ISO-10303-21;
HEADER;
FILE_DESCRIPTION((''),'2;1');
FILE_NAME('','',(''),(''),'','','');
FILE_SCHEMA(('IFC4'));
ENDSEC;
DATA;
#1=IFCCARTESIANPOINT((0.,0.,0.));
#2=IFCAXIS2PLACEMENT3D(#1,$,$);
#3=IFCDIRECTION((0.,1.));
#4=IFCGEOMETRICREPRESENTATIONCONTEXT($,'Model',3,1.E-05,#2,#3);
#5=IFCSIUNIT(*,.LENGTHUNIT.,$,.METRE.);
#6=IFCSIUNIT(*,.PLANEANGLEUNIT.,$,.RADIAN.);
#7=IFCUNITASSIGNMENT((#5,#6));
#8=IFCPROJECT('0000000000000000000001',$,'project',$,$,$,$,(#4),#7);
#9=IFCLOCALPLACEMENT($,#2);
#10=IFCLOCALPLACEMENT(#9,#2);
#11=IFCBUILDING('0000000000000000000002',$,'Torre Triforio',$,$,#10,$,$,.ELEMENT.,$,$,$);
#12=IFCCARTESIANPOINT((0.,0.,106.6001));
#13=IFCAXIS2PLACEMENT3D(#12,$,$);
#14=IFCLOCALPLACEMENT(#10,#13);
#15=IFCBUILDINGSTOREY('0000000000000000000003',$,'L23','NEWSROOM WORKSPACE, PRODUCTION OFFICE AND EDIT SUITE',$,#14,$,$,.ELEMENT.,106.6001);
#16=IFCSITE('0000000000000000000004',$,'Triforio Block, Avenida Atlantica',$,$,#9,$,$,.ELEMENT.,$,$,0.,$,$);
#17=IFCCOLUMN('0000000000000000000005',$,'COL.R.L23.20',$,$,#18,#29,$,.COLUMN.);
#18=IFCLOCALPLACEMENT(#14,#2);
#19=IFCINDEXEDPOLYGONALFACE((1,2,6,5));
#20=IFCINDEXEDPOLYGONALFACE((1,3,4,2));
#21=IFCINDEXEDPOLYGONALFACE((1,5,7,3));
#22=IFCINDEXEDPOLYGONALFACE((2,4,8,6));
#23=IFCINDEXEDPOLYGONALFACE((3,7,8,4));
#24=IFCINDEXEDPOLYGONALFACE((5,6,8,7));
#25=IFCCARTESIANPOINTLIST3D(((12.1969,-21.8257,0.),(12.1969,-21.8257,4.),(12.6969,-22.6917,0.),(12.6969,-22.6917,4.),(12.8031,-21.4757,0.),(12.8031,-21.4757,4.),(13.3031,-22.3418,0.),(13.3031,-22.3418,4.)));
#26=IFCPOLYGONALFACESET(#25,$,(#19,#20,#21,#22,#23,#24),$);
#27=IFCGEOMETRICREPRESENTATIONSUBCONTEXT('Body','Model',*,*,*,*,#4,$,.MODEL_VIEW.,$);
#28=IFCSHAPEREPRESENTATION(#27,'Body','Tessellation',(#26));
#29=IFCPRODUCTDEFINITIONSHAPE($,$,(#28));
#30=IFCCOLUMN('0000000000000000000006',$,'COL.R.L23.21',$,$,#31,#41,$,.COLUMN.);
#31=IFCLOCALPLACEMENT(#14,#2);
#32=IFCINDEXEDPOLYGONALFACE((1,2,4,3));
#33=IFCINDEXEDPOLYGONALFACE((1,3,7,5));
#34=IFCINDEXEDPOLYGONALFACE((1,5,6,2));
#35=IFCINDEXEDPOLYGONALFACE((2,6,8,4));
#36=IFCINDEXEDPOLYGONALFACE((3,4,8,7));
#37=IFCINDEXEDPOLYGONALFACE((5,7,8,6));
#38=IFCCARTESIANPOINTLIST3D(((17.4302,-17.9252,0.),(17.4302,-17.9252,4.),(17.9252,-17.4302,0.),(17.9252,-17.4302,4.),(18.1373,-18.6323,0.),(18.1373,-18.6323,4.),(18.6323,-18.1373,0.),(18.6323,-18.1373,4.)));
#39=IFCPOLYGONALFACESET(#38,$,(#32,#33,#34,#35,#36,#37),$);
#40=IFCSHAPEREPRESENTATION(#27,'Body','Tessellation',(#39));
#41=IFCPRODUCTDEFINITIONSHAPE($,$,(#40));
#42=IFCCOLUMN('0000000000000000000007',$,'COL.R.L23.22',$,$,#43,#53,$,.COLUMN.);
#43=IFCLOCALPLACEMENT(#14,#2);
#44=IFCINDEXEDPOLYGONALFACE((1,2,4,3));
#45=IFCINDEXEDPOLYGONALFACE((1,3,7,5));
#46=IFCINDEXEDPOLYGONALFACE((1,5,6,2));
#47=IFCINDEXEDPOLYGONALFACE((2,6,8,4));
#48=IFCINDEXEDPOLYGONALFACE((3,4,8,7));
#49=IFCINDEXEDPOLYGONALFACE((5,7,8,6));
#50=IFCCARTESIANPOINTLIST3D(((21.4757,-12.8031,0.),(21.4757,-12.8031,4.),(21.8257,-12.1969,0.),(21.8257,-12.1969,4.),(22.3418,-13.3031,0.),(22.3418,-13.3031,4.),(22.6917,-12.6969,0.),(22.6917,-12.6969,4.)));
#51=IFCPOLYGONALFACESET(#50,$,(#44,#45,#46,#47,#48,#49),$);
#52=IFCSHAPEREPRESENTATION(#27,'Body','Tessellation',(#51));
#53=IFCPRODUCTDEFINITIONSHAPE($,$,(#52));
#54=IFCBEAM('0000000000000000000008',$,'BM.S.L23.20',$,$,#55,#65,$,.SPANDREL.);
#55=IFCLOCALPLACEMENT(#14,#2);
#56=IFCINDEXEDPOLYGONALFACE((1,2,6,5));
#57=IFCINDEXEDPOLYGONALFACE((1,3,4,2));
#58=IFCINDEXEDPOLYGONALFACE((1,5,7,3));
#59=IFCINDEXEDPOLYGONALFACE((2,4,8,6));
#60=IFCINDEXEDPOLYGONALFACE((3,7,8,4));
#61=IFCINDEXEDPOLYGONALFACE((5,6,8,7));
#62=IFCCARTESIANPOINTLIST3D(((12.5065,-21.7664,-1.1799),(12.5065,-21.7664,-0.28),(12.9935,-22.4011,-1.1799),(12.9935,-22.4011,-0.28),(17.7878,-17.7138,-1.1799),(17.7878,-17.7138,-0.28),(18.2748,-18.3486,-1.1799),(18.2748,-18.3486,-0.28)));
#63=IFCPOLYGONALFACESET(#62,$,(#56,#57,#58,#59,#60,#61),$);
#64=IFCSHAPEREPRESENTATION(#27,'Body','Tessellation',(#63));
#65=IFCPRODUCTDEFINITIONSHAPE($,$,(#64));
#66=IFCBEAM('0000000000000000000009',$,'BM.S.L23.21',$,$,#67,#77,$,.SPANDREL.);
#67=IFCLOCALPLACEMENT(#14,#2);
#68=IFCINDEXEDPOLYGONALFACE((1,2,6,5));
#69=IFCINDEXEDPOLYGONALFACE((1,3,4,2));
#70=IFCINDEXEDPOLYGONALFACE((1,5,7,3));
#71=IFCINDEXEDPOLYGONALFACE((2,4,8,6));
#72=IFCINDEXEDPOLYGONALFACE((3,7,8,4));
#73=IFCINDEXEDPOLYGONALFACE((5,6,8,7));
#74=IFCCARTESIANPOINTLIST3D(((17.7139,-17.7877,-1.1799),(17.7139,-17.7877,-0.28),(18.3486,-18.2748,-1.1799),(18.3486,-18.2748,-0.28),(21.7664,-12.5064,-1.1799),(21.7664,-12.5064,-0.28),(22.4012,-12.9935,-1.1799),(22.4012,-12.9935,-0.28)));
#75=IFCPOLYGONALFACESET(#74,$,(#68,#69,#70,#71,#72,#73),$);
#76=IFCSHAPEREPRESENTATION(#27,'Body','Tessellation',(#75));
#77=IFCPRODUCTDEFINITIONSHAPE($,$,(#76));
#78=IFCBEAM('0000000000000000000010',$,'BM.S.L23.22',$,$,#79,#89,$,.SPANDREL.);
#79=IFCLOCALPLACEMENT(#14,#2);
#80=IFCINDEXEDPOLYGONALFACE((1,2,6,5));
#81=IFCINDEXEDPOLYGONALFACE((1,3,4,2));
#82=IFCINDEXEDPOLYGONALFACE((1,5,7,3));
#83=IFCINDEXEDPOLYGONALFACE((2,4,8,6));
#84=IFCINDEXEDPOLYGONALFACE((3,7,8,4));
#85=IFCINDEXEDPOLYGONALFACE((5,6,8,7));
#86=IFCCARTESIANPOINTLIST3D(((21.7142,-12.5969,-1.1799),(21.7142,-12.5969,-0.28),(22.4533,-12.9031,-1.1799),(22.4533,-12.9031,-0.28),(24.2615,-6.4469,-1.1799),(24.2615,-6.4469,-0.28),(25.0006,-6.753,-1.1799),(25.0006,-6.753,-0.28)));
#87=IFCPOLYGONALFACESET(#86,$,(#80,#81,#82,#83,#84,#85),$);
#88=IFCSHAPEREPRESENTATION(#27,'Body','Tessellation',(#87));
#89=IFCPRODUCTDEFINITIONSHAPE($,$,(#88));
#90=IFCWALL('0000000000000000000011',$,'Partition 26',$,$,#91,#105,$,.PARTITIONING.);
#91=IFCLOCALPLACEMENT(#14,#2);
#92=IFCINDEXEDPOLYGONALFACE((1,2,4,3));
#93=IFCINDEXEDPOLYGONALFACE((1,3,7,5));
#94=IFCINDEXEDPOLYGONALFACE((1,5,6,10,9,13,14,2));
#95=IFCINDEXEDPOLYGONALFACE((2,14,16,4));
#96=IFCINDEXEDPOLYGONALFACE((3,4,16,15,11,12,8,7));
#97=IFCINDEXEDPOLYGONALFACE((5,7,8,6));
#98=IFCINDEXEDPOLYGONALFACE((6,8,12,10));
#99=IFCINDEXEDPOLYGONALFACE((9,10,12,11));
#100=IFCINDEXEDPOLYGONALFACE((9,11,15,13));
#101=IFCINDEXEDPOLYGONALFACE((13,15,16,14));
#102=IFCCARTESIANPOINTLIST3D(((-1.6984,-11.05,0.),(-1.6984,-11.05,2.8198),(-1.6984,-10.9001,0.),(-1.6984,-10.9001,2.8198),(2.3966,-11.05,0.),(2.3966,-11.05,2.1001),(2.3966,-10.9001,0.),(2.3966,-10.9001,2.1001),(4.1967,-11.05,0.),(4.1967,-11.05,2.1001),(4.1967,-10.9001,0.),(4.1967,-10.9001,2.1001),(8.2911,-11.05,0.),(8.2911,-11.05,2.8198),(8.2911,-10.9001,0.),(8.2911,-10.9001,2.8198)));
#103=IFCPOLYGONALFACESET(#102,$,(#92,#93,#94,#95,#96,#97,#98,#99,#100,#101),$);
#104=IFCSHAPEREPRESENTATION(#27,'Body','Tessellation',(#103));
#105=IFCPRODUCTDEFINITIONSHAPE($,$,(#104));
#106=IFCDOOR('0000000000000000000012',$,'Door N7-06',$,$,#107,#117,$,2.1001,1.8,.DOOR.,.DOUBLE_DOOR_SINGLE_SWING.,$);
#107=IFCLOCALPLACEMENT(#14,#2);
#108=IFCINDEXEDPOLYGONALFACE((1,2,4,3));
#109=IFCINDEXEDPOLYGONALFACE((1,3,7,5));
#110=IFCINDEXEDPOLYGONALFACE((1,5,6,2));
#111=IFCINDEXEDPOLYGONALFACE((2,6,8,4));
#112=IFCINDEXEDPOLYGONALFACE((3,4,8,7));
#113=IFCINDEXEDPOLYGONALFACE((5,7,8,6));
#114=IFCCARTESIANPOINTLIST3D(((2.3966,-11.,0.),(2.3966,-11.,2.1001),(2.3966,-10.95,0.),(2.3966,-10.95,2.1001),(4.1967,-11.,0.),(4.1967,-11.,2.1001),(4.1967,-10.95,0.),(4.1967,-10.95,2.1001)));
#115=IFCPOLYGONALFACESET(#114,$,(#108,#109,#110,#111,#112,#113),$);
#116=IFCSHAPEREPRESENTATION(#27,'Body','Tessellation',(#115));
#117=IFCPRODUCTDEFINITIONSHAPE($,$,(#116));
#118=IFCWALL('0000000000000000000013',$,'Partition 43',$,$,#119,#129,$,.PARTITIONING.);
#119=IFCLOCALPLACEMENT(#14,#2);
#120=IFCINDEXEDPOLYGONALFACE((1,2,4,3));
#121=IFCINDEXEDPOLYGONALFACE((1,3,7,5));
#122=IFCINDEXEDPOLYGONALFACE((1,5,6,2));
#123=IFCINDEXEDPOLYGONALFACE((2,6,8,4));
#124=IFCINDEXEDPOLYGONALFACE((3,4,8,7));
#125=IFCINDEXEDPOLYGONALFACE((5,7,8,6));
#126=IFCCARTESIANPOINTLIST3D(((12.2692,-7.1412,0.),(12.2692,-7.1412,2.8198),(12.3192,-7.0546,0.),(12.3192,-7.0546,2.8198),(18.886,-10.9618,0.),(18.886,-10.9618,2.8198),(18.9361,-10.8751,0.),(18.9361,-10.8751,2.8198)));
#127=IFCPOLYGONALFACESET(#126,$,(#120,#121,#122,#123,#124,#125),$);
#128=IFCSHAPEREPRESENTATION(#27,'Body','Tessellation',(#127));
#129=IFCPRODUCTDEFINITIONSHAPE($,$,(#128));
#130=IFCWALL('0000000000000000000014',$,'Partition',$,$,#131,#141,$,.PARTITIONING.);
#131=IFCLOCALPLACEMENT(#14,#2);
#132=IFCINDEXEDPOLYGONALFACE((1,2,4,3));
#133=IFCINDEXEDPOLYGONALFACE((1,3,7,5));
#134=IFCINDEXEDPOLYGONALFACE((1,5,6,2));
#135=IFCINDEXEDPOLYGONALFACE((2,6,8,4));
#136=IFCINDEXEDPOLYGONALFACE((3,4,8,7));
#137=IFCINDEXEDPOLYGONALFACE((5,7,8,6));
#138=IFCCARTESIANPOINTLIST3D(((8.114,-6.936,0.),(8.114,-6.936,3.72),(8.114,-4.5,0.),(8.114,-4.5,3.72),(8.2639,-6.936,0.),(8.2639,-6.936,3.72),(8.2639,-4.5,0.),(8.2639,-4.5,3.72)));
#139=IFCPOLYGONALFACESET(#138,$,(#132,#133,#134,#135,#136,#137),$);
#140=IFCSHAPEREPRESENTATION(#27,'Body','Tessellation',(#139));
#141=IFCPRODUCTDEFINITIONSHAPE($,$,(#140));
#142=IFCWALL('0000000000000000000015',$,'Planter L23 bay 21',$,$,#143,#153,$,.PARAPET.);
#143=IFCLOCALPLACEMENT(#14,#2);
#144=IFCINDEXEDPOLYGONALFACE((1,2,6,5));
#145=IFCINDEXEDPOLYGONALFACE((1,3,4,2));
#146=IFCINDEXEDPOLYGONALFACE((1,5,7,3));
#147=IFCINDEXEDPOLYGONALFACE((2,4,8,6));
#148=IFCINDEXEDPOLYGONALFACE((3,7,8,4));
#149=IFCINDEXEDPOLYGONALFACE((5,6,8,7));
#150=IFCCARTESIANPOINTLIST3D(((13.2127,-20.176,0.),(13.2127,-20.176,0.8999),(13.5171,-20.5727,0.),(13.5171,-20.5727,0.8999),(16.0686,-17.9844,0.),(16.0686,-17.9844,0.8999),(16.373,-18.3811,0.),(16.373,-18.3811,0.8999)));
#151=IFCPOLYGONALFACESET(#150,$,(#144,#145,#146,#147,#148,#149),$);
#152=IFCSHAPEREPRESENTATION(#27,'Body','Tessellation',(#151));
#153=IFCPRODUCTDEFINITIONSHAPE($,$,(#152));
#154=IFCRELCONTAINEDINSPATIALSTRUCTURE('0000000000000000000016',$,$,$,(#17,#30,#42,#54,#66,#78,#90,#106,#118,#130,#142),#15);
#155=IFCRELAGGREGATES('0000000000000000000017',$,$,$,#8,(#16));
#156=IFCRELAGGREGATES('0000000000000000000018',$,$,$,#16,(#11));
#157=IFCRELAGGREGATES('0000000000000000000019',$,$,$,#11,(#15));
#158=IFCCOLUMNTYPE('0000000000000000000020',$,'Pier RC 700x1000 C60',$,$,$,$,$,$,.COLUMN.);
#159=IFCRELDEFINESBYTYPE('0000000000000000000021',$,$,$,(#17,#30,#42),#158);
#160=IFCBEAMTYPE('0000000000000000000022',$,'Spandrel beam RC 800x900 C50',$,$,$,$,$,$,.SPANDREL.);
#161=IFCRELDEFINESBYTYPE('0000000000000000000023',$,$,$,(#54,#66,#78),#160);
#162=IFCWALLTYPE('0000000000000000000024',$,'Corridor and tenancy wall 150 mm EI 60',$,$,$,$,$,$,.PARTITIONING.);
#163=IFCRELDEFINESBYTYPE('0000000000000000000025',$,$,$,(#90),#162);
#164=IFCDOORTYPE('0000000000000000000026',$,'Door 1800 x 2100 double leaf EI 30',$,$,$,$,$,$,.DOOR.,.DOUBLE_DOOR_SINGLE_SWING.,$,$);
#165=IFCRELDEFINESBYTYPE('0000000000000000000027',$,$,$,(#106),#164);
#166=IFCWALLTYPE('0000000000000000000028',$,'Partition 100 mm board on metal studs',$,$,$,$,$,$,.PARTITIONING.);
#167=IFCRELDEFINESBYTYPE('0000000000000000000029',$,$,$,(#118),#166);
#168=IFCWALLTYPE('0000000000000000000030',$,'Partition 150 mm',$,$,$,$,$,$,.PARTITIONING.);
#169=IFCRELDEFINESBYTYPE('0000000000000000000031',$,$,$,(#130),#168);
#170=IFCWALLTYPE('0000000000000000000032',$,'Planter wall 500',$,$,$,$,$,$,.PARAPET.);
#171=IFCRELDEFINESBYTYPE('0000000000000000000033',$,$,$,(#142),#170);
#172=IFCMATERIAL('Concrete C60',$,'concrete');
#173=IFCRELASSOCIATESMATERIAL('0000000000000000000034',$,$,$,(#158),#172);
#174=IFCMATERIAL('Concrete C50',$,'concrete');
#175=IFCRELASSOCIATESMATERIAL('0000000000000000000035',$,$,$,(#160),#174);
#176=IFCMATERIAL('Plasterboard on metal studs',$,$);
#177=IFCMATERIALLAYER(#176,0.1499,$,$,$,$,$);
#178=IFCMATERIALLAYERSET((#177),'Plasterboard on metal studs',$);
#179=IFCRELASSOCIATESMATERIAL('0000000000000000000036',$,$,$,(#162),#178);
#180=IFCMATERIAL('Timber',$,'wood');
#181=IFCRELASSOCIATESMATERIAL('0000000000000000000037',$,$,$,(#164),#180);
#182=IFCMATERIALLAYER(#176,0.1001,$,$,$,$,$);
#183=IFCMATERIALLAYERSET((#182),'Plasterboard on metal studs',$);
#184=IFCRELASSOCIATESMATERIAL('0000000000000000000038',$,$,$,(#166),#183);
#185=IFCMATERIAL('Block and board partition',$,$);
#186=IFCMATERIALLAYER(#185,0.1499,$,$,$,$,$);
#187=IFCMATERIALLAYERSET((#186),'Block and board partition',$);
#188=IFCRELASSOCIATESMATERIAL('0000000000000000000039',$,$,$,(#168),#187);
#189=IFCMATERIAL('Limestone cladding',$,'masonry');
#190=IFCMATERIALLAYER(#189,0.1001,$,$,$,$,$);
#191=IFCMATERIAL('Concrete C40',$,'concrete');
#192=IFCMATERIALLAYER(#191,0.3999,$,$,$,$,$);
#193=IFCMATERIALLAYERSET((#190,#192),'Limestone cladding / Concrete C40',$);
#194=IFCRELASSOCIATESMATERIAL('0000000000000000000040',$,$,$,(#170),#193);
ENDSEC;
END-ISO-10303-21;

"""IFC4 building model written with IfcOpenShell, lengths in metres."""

from ifc_helpers import new_model, si_unit, direction, frame, frame_2d, origin, origin_2d, place, context, subcontext, project, spatial, rectangle, extrude, material, layer, layer_set, material_profile, profile_set, type_object, element, fill, save


model = new_model("IFC4")

# Units and contexts
model_context = context("Model", 3, precision=1e-05, world=origin(), true_north=direction((0.0, 1.0)))
body_context = subcontext(model_context, "Body", "Model", "MODEL_VIEW")
ifc_project = project(units=[si_unit("LENGTHUNIT", "METRE"), si_unit("PLANEANGLEUNIT", "RADIAN")], contexts=[model_context])

# Site, building, storey
site_placement = place(None, origin())
site = spatial("IfcSite", under=ifc_project, at=site_placement, Name="Triforio Block, Avenida Atlantica", CompositionType="ELEMENT", RefElevation=0.0)
building_placement = place(site_placement, origin())
building = spatial("IfcBuilding", under=site, at=building_placement, Name="Torre Triforio", CompositionType="ELEMENT")
storey_placement = place(building_placement, frame((0.0, 0.0, 106.6001)))
storey = spatial("IfcBuildingStorey", under=building, at=storey_placement, Name="L23", Description="NEWSROOM WORKSPACE, PRODUCTION OFFICE AND EDIT SUITE", CompositionType="ELEMENT", Elevation=106.6001)

# Columns
ifc_material_1 = material(Name="Concrete C60", Category="concrete")
ifc_material_profile_1 = material_profile(ifc_material_1, rectangle(XDim=0.7, YDim=1.0, at=origin_2d()), Name="RC 700x1000")
ifc_profile_set_1 = profile_set([ifc_material_profile_1], Name="Concrete C60")
column_type = type_object("IfcColumnType", Name="Pier RC 700x1000 C60", PredefinedType="COLUMN", material=ifc_profile_set_1)
for number, where, z_axis, x_axis, name in (
    (1, (12.75, -22.0837, 0.0), (0.0, 0.0, 1.0), (0.866025, 0.5, 0.0), "COL.R.L23.20"),
    (2, (18.0312, -18.0312, 0.0), (0.0, 0.0, 1.0), (0.707107, 0.707107, 0.0), "COL.R.L23.21"),
    (3, (22.0837, -12.75, 0.0), (0.0, 0.0, 1.0), (0.5, 0.866025, 0.0), "COL.R.L23.22"),
):
    element("IfcColumn", number, at=place(storey_placement, frame(where, z_axis=z_axis, x_axis=x_axis)), inside=storey, type_object=column_type, Name=name, PredefinedType="COLUMN", context=body_context, shape_type="SweptSolid", body=[
        extrude(rectangle(XDim=0.7, YDim=1.0, at=origin_2d()), origin(), (0.0, 0.0, 1.0), 4.0),
    ])

# Beams
ifc_material_2 = material(Name="Concrete C50", Category="concrete")
ifc_material_profile_2 = material_profile(ifc_material_2, rectangle(XDim=0.8, YDim=0.8999, at=origin_2d()), Name="RC 800x900")
ifc_profile_set_2 = profile_set([ifc_material_profile_2], Name="Concrete C50")
beam_type = type_object("IfcBeamType", Name="Spandrel beam RC 800x900 C50", PredefinedType="SPANDREL", material=ifc_profile_set_2)
for number, where, z_axis, x_axis, name in (
    (4, (12.75, -22.0837, -0.73), (0.79335, 0.608766, 0.0), (-0.608766, 0.79335, 0.0), "BM.S.L23.20"),
    (5, (18.0312, -18.0312, -0.73), (0.608766, 0.79335, 0.0), (-0.79335, 0.608766, 0.0), "BM.S.L23.21"),
):
    element("IfcBeam", number, at=place(storey_placement, frame(where, z_axis=z_axis, x_axis=x_axis)), inside=storey, type_object=beam_type, Name=name, PredefinedType="SPANDREL", context=body_context, shape_type="SweptSolid", body=[
        extrude(rectangle(XDim=0.8, YDim=0.8999, at=origin_2d()), origin(), (0.0, 0.0, 1.0), 6.657),
    ])
beam_placement = place(storey_placement, frame((22.0837, -12.75, -0.73), z_axis=(0.382669, 0.923885, 0.0), x_axis=(-0.923885, 0.382669, 0.0)))
element("IfcBeam", 6, at=beam_placement, inside=storey, type_object=beam_type, Name="BM.S.L23.22", PredefinedType="SPANDREL", context=body_context, shape_type="SweptSolid", body=[
    extrude(rectangle(XDim=0.8, YDim=0.8999, at=origin_2d()), origin(), (0.0, 0.0, 1.0), 6.6567),
])

# Wall, opening, door
ifc_material_3 = material(Name="Plasterboard on metal studs")
ifc_layer_1 = layer(ifc_material_3, 0.1499)
ifc_layer_set_1 = layer_set([ifc_layer_1], Name="Plasterboard on metal studs")
wall_type_1 = type_object("IfcWallType", Name="Corridor and tenancy wall 150 mm EI 60", PredefinedType="PARTITIONING", material=ifc_layer_set_1)
wall_1_placement = place(storey_placement, frame((8.291, -10.9751, 0.0), z_axis=(0.0, 0.0, 1.0), x_axis=(-1.0, 0.0, 0.0)))
wall_1 = element("IfcWall", 7, at=wall_1_placement, inside=storey, type_object=wall_type_1, Name="Partition 26", PredefinedType="PARTITIONING", context=body_context, shape_type="SweptSolid", body=[
    extrude(rectangle(XDim=9.9895, YDim=0.1499, at=frame_2d((4.9946, 0.0))), origin(), (0.0, 0.0, 1.0), 2.8198),
])
opening_1_placement = place(wall_1_placement, frame((4.0945, 0.0, 0.0)))
opening_1 = element("IfcOpeningElement", 8, at=opening_1_placement, cuts=wall_1, PredefinedType="OPENING", context=body_context, shape_type="SweptSolid", body=[
    extrude(rectangle(XDim=1.8, YDim=2.1001, at=frame_2d((0.8999, 1.05))), frame((0.0, 0.085, 0.0), z_axis=(0.0, -1.0, 0.0), x_axis=(1.0, 0.0, 0.0)), (0.0, 0.0, 1.0), 0.1699),
])
ifc_material_4 = material(Name="Timber", Category="wood")
door_type_1 = type_object("IfcDoorType", Name="Door 1800 x 2100 double leaf EI 30", OperationType="DOUBLE_DOOR_SINGLE_SWING", PredefinedType="DOOR", material=ifc_material_4)
door_1_placement = place(opening_1_placement, origin())
door_1 = element("IfcDoor", 9, at=door_1_placement, inside=storey, type_object=door_type_1, Name="Door N7-06", OperationType="DOUBLE_DOOR_SINGLE_SWING", OverallHeight=2.1001, OverallWidth=1.8, PredefinedType="DOOR", context=body_context, shape_type="SweptSolid", body=[
    extrude(rectangle(XDim=1.8, YDim=2.1001, at=frame_2d((0.8999, 1.05))), frame((0.0, 0.0249, 0.0), z_axis=(0.0, -1.0, 0.0), x_axis=(1.0, 0.0, 0.0)), (0.0, 0.0, 1.0), 0.05),
])
fill(opening_1, door_1)

# Walls
ifc_layer_2 = layer(ifc_material_3, 0.1001)
ifc_layer_set_2 = layer_set([ifc_layer_2], Name="Plasterboard on metal studs")
wall_type_2 = type_object("IfcWallType", Name="Partition 100 mm board on metal studs", PredefinedType="PARTITIONING", material=ifc_layer_set_2)
wall_2_placement = place(storey_placement, frame((12.2942, -7.0979, 0.0), z_axis=(0.0, 0.0, 1.0), x_axis=(0.866011, -0.500026, 0.0)))
element("IfcWall", 10, at=wall_2_placement, inside=storey, type_object=wall_type_2, Name="Partition 43", PredefinedType="PARTITIONING", context=body_context, shape_type="SweptSolid", body=[
    extrude(rectangle(XDim=7.6406, YDim=0.1001, at=frame_2d((3.8203, 0.0))), origin(), (0.0, 0.0, 1.0), 2.8198),
])
ifc_material_5 = material(Name="Block and board partition")
ifc_layer_3 = layer(ifc_material_5, 0.1499)
ifc_layer_set_3 = layer_set([ifc_layer_3], Name="Block and board partition")
wall_type_3 = type_object("IfcWallType", Name="Partition 150 mm", PredefinedType="PARTITIONING", material=ifc_layer_set_3)
wall_3_placement = place(storey_placement, frame((8.189, -6.936, 0.0), z_axis=(0.0, 0.0, 1.0), x_axis=(0.0, 1.0, 0.0)))
element("IfcWall", 11, at=wall_3_placement, inside=storey, type_object=wall_type_3, Name="Partition", PredefinedType="PARTITIONING", context=body_context, shape_type="SweptSolid", body=[
    extrude(rectangle(XDim=2.436, YDim=0.1499, at=frame_2d((1.218, 0.0))), origin(), (0.0, 0.0, 1.0), 3.72),
])
ifc_material_6 = material(Name="Limestone cladding", Category="masonry")
ifc_layer_4 = layer(ifc_material_6, 0.1001)
ifc_material_7 = material(Name="Concrete C40", Category="concrete")
ifc_layer_5 = layer(ifc_material_7, 0.3999)
ifc_layer_set_4 = layer_set([ifc_layer_4, ifc_layer_5], Name="Limestone cladding / Concrete C40")
wall_type_4 = type_object("IfcWallType", Name="Planter wall 500", PredefinedType="PARAPET", material=ifc_layer_set_4)
wall_4_placement = place(storey_placement, frame((13.365, -20.3743, 0.0), z_axis=(0.0, 0.0, 1.0), x_axis=(0.793327, 0.608796, 0.0)))
element("IfcWall", 12, at=wall_4_placement, inside=storey, type_object=wall_type_4, Name="Planter L23 bay 21", PredefinedType="PARAPET", context=body_context, shape_type="SweptSolid", body=[
    extrude(rectangle(XDim=3.5999, YDim=0.5, at=frame_2d((1.7998, 0.0))), origin(), (0.0, 0.0, 1.0), 0.8999),
])

save(model, "model.ifc")
